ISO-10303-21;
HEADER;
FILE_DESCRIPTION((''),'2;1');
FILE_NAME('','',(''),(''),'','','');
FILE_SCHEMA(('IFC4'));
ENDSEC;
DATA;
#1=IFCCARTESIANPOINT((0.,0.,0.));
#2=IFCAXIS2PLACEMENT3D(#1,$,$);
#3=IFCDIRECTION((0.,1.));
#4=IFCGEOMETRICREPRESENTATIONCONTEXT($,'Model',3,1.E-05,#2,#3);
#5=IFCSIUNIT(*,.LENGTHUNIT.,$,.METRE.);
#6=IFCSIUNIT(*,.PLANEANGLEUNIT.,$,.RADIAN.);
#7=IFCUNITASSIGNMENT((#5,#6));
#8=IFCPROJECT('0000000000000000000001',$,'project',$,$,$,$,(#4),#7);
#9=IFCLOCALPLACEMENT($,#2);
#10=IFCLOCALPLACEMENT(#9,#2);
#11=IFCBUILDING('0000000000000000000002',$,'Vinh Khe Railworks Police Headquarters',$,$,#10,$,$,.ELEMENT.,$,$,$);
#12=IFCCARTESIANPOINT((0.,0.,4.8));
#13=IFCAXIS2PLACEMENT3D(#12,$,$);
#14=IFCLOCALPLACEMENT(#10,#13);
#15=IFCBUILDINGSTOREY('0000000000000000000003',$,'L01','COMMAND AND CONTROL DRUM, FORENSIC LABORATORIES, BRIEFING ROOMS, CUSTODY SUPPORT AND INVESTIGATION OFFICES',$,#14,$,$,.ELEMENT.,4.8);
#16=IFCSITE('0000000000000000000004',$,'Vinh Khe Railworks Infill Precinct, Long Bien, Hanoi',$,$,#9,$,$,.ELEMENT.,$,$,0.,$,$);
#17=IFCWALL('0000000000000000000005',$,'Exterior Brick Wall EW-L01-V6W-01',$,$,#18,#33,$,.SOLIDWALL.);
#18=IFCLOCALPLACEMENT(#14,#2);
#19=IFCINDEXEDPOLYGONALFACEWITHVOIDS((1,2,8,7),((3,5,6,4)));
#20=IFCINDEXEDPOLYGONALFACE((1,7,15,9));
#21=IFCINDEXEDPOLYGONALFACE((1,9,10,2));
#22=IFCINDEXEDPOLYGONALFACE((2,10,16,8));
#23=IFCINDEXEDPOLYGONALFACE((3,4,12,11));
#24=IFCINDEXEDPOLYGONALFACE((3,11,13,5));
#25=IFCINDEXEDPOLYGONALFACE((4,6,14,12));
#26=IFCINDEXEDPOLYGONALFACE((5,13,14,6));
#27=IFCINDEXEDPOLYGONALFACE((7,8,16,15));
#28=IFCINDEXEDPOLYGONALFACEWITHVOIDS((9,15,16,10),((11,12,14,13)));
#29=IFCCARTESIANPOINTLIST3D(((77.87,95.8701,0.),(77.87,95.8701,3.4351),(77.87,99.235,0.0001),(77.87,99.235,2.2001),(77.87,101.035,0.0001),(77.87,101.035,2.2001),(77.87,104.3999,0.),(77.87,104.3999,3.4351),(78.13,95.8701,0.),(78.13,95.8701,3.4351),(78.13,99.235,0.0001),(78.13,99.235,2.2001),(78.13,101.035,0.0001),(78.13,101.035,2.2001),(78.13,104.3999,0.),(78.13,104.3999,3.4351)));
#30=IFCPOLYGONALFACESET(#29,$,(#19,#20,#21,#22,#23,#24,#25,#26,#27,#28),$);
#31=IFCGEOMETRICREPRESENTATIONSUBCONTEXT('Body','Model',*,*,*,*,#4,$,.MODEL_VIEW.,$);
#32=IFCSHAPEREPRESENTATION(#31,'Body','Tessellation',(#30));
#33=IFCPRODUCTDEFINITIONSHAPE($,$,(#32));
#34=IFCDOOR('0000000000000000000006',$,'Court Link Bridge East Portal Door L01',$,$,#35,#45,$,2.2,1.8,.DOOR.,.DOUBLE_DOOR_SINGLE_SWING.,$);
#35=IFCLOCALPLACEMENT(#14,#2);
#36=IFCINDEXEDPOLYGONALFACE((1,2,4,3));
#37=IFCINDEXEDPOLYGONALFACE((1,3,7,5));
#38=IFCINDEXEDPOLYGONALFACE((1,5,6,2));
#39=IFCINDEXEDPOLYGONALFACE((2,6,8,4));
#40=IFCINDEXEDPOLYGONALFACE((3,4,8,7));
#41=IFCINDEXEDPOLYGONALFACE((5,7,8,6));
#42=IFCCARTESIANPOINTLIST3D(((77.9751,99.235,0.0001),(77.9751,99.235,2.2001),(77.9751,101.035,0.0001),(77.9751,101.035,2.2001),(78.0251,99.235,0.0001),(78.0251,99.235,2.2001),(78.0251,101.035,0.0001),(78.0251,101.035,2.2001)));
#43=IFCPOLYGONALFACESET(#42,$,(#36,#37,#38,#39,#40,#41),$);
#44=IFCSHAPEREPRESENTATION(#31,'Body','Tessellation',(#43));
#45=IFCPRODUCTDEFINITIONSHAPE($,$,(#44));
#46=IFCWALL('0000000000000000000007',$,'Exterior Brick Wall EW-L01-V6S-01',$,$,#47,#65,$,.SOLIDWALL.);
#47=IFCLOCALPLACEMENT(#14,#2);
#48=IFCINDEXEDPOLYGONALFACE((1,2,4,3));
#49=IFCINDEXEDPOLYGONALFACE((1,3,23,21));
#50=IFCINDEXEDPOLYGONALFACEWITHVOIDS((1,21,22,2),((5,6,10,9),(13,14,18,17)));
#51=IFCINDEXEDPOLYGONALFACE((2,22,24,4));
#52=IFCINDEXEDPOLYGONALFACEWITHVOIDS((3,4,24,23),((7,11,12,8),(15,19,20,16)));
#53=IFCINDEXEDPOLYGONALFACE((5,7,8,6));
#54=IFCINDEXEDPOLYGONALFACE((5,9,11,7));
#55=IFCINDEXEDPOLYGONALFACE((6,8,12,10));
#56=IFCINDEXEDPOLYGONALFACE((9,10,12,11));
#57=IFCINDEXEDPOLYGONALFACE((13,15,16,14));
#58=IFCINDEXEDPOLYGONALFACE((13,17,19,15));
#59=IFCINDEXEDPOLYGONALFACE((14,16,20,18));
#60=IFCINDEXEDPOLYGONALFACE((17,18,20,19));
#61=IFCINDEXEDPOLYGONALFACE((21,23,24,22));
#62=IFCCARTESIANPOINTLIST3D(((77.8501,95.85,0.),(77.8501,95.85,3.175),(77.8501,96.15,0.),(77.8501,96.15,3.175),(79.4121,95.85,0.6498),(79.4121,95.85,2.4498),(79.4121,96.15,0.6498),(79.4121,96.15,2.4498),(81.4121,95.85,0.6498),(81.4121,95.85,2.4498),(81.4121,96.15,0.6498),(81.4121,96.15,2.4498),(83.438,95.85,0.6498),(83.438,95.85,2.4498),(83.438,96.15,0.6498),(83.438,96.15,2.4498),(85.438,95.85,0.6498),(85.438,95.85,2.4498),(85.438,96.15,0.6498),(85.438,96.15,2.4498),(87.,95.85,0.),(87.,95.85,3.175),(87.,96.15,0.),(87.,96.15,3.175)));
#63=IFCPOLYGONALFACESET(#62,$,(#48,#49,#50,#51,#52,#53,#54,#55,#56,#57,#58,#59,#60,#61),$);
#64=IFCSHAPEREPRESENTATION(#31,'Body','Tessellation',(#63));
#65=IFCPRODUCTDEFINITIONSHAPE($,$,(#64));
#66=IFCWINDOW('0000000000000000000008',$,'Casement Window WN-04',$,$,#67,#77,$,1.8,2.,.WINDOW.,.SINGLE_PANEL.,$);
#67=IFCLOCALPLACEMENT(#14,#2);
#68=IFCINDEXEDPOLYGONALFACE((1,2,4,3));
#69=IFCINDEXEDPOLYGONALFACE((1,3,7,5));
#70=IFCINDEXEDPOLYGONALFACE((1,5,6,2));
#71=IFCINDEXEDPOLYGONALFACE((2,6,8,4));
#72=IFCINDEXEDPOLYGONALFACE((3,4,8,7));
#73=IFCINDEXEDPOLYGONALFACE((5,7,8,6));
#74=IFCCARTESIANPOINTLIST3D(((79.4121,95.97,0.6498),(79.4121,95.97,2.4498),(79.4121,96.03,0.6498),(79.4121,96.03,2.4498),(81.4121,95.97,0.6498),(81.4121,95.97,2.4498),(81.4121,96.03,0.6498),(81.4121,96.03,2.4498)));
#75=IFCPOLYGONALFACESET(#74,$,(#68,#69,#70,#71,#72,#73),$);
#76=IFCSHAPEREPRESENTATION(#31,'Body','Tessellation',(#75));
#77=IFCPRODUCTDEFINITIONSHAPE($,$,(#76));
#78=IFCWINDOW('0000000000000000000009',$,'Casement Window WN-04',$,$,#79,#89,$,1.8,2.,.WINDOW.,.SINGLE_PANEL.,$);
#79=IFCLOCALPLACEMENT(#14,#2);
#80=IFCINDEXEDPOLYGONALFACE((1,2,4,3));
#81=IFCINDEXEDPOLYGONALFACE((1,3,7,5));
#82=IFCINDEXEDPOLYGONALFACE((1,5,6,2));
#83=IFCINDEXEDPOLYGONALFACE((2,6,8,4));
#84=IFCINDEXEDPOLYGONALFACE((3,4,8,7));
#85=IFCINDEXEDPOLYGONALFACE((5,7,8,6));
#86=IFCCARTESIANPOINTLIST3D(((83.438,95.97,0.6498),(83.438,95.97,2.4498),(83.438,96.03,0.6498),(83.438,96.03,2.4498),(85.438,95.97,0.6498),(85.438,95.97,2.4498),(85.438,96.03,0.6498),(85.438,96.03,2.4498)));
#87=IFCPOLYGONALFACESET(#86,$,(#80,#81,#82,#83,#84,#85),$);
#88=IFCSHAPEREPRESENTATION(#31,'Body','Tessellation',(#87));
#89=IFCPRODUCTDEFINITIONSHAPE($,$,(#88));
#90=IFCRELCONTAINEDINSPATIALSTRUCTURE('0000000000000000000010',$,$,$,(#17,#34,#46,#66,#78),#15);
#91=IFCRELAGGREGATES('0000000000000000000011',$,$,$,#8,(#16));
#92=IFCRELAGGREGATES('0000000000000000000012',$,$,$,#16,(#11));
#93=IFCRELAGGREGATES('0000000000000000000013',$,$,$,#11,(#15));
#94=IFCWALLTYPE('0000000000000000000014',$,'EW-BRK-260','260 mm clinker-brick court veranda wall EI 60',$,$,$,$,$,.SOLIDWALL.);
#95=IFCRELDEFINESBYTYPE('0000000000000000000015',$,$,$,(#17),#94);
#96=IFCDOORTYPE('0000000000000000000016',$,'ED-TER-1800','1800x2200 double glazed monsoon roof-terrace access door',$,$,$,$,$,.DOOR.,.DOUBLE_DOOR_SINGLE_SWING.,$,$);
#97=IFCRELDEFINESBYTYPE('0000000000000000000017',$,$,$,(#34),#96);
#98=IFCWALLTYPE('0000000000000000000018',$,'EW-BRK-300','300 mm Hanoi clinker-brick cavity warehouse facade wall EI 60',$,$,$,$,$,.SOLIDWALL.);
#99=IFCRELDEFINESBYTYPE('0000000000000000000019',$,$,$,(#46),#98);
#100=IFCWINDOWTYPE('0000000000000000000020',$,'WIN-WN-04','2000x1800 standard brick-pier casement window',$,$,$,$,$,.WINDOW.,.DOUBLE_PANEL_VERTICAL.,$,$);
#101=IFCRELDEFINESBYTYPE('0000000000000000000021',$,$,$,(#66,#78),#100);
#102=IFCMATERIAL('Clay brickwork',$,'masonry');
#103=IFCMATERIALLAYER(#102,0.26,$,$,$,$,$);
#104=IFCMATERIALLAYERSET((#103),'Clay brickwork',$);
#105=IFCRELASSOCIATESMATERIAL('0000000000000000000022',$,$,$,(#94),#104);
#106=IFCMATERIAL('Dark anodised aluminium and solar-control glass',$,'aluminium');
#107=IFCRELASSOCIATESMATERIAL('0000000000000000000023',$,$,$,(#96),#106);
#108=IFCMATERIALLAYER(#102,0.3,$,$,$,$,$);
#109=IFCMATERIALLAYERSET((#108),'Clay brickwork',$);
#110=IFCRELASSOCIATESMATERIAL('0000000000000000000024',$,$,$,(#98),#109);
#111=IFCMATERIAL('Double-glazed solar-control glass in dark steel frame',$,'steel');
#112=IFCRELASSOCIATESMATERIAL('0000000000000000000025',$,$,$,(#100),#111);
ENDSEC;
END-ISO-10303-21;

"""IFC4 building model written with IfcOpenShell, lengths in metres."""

from ifc_helpers import new_model, si_unit, direction, frame, frame_2d, origin, place, context, subcontext, project, spatial, rectangle, extrude, material, layer, layer_set, type_object, element, fill, save


model = new_model("IFC4")

# Units and contexts
model_context = context("Model", 3, precision=1e-05, world=origin(), true_north=direction((0.0, 1.0)))
body_context = subcontext(model_context, "Body", "Model", "MODEL_VIEW")
ifc_project = project(units=[si_unit("LENGTHUNIT", "METRE"), si_unit("PLANEANGLEUNIT", "RADIAN")], contexts=[model_context])

# Site, building, storey
site_placement = place(None, origin())
site = spatial("IfcSite", under=ifc_project, at=site_placement, Name="Vinh Khe Railworks Infill Precinct, Long Bien, Hanoi", CompositionType="ELEMENT", RefElevation=0.0)
building_placement = place(site_placement, origin())
building = spatial("IfcBuilding", under=site, at=building_placement, Name="Vinh Khe Railworks Police Headquarters", CompositionType="ELEMENT")
storey_placement = place(building_placement, frame((0.0, 0.0, 4.8)))
storey = spatial("IfcBuildingStorey", under=building, at=storey_placement, Name="L01", Description="COMMAND AND CONTROL DRUM, FORENSIC LABORATORIES, BRIEFING ROOMS, CUSTODY SUPPORT AND INVESTIGATION OFFICES", CompositionType="ELEMENT", Elevation=4.8)

# Wall, opening, door
ifc_material_1 = material(Name="Clay brickwork", Category="masonry")
ifc_layer_1 = layer(ifc_material_1, 0.26)
ifc_layer_set_1 = layer_set([ifc_layer_1], Name="Clay brickwork")
wall_type_1 = type_object("IfcWallType", Name="EW-BRK-260", Description="260 mm clinker-brick court veranda wall EI 60", PredefinedType="SOLIDWALL", material=ifc_layer_set_1)
wall_1_placement = place(storey_placement, frame((78.0, 95.8701, 0.0), z_axis=(0.0, 0.0, 1.0), x_axis=(0.0, 1.0, 0.0)))
wall_1 = element("IfcWall", 1, at=wall_1_placement, inside=storey, type_object=wall_type_1, Name="Exterior Brick Wall EW-L01-V6W-01", PredefinedType="SOLIDWALL", context=body_context, shape_type="SweptSolid", body=[
    extrude(rectangle(XDim=8.5298, YDim=0.26, at=frame_2d((4.2649, 0.0))), origin(), (0.0, 0.0, 1.0), 3.4351),
])
opening_1_placement = place(wall_1_placement, frame((3.365, 0.0, 0.0)))
opening_1 = element("IfcOpeningElement", 2, at=opening_1_placement, cuts=wall_1, PredefinedType="OPENING", context=body_context, shape_type="SweptSolid", body=[
    extrude(rectangle(XDim=1.8, YDim=2.2, at=frame_2d((0.8999, 1.1001))), frame((0.0, 0.145, 0.0), z_axis=(0.0, -1.0, 0.0), x_axis=(1.0, 0.0, 0.0)), (0.0, 0.0, 1.0), 0.2898),
])
ifc_material_2 = material(Name="Dark anodised aluminium and solar-control glass", Category="aluminium")
door_type = type_object("IfcDoorType", Name="ED-TER-1800", Description="1800x2200 double glazed monsoon roof-terrace access door", OperationType="DOUBLE_DOOR_SINGLE_SWING", PredefinedType="DOOR", material=ifc_material_2)
door_placement = place(opening_1_placement, origin())
door = element("IfcDoor", 3, at=door_placement, inside=storey, type_object=door_type, Name="Court Link Bridge East Portal Door L01", OperationType="DOUBLE_DOOR_SINGLE_SWING", OverallHeight=2.2, OverallWidth=1.8, PredefinedType="DOOR", context=body_context, shape_type="SweptSolid", body=[
    extrude(rectangle(XDim=1.8, YDim=2.2, at=frame_2d((0.8999, 1.1001))), frame((0.0, 0.0249, 0.0), z_axis=(0.0, -1.0, 0.0), x_axis=(1.0, 0.0, 0.0)), (0.0, 0.0, 1.0), 0.05),
])
fill(opening_1, door)

# Wall, openings, windows
ifc_layer_2 = layer(ifc_material_1, 0.3)
ifc_layer_set_2 = layer_set([ifc_layer_2], Name="Clay brickwork")
wall_type_2 = type_object("IfcWallType", Name="EW-BRK-300", Description="300 mm Hanoi clinker-brick cavity warehouse facade wall EI 60", PredefinedType="SOLIDWALL", material=ifc_layer_set_2)
wall_2_placement = place(storey_placement, frame((77.8501, 96.0, 0.0), z_axis=(0.0, 0.0, 1.0), x_axis=(1.0, 0.0, 0.0)))
wall_2 = element("IfcWall", 4, at=wall_2_placement, inside=storey, type_object=wall_type_2, Name="Exterior Brick Wall EW-L01-V6S-01", PredefinedType="SOLIDWALL", context=body_context, shape_type="SweptSolid", body=[
    extrude(rectangle(XDim=9.1499, YDim=0.3, at=frame_2d((4.575, 0.0))), origin(), (0.0, 0.0, 1.0), 3.175),
])
opening_2_placement = place(wall_2_placement, frame((1.562, 0.0, 0.6499)))
opening_2 = element("IfcOpeningElement", 5, at=opening_2_placement, cuts=wall_2, PredefinedType="OPENING", context=body_context, shape_type="SweptSolid", body=[
    extrude(rectangle(XDim=2.0, YDim=1.8, at=frame_2d((1.0, 0.8999))), frame((0.0, 0.165, 0.0), z_axis=(0.0, -1.0, 0.0), x_axis=(1.0, 0.0, 0.0)), (0.0, 0.0, 1.0), 0.3298),
])
opening_3_placement = place(wall_2_placement, frame((5.5879, 0.0, 0.6499)))
opening_3 = element("IfcOpeningElement", 6, at=opening_3_placement, cuts=wall_2, PredefinedType="OPENING", context=body_context, shape_type="SweptSolid", body=[
    extrude(rectangle(XDim=2.0, YDim=1.8, at=frame_2d((1.0, 0.8999))), frame((0.0, 0.165, 0.0), z_axis=(0.0, -1.0, 0.0), x_axis=(1.0, 0.0, 0.0)), (0.0, 0.0, 1.0), 0.3298),
])
ifc_material_3 = material(Name="Double-glazed solar-control glass in dark steel frame", Category="steel")
window_type = type_object("IfcWindowType", Name="WIN-WN-04", Description="2000x1800 standard brick-pier casement window", PartitioningType="DOUBLE_PANEL_VERTICAL", PredefinedType="WINDOW", material=ifc_material_3)
window_1_placement = place(opening_2_placement, origin())
window_1 = element("IfcWindow", 7, at=window_1_placement, inside=storey, type_object=window_type, Name="Casement Window WN-04", OverallHeight=1.8, OverallWidth=2.0, PartitioningType="SINGLE_PANEL", PredefinedType="WINDOW", context=body_context, shape_type="SweptSolid", body=[
    extrude(rectangle(XDim=2.0, YDim=1.8, at=frame_2d((1.0, 0.8999))), frame((0.0, 0.03, 0.0), z_axis=(0.0, -1.0, 0.0), x_axis=(1.0, 0.0, 0.0)), (0.0, 0.0, 1.0), 0.0601),
])
fill(opening_2, window_1)
window_2_placement = place(opening_3_placement, origin())
window_2 = element("IfcWindow", 8, at=window_2_placement, inside=storey, type_object=window_type, Name="Casement Window WN-04", OverallHeight=1.8, OverallWidth=2.0, PartitioningType="SINGLE_PANEL", PredefinedType="WINDOW", context=body_context, shape_type="SweptSolid", body=[
    extrude(rectangle(XDim=2.0, YDim=1.8, at=frame_2d((1.0, 0.8999))), frame((0.0, 0.03, 0.0), z_axis=(0.0, -1.0, 0.0), x_axis=(1.0, 0.0, 0.0)), (0.0, 0.0, 1.0), 0.0601),
])
fill(opening_3, window_2)

save(model, "model.ifc")
